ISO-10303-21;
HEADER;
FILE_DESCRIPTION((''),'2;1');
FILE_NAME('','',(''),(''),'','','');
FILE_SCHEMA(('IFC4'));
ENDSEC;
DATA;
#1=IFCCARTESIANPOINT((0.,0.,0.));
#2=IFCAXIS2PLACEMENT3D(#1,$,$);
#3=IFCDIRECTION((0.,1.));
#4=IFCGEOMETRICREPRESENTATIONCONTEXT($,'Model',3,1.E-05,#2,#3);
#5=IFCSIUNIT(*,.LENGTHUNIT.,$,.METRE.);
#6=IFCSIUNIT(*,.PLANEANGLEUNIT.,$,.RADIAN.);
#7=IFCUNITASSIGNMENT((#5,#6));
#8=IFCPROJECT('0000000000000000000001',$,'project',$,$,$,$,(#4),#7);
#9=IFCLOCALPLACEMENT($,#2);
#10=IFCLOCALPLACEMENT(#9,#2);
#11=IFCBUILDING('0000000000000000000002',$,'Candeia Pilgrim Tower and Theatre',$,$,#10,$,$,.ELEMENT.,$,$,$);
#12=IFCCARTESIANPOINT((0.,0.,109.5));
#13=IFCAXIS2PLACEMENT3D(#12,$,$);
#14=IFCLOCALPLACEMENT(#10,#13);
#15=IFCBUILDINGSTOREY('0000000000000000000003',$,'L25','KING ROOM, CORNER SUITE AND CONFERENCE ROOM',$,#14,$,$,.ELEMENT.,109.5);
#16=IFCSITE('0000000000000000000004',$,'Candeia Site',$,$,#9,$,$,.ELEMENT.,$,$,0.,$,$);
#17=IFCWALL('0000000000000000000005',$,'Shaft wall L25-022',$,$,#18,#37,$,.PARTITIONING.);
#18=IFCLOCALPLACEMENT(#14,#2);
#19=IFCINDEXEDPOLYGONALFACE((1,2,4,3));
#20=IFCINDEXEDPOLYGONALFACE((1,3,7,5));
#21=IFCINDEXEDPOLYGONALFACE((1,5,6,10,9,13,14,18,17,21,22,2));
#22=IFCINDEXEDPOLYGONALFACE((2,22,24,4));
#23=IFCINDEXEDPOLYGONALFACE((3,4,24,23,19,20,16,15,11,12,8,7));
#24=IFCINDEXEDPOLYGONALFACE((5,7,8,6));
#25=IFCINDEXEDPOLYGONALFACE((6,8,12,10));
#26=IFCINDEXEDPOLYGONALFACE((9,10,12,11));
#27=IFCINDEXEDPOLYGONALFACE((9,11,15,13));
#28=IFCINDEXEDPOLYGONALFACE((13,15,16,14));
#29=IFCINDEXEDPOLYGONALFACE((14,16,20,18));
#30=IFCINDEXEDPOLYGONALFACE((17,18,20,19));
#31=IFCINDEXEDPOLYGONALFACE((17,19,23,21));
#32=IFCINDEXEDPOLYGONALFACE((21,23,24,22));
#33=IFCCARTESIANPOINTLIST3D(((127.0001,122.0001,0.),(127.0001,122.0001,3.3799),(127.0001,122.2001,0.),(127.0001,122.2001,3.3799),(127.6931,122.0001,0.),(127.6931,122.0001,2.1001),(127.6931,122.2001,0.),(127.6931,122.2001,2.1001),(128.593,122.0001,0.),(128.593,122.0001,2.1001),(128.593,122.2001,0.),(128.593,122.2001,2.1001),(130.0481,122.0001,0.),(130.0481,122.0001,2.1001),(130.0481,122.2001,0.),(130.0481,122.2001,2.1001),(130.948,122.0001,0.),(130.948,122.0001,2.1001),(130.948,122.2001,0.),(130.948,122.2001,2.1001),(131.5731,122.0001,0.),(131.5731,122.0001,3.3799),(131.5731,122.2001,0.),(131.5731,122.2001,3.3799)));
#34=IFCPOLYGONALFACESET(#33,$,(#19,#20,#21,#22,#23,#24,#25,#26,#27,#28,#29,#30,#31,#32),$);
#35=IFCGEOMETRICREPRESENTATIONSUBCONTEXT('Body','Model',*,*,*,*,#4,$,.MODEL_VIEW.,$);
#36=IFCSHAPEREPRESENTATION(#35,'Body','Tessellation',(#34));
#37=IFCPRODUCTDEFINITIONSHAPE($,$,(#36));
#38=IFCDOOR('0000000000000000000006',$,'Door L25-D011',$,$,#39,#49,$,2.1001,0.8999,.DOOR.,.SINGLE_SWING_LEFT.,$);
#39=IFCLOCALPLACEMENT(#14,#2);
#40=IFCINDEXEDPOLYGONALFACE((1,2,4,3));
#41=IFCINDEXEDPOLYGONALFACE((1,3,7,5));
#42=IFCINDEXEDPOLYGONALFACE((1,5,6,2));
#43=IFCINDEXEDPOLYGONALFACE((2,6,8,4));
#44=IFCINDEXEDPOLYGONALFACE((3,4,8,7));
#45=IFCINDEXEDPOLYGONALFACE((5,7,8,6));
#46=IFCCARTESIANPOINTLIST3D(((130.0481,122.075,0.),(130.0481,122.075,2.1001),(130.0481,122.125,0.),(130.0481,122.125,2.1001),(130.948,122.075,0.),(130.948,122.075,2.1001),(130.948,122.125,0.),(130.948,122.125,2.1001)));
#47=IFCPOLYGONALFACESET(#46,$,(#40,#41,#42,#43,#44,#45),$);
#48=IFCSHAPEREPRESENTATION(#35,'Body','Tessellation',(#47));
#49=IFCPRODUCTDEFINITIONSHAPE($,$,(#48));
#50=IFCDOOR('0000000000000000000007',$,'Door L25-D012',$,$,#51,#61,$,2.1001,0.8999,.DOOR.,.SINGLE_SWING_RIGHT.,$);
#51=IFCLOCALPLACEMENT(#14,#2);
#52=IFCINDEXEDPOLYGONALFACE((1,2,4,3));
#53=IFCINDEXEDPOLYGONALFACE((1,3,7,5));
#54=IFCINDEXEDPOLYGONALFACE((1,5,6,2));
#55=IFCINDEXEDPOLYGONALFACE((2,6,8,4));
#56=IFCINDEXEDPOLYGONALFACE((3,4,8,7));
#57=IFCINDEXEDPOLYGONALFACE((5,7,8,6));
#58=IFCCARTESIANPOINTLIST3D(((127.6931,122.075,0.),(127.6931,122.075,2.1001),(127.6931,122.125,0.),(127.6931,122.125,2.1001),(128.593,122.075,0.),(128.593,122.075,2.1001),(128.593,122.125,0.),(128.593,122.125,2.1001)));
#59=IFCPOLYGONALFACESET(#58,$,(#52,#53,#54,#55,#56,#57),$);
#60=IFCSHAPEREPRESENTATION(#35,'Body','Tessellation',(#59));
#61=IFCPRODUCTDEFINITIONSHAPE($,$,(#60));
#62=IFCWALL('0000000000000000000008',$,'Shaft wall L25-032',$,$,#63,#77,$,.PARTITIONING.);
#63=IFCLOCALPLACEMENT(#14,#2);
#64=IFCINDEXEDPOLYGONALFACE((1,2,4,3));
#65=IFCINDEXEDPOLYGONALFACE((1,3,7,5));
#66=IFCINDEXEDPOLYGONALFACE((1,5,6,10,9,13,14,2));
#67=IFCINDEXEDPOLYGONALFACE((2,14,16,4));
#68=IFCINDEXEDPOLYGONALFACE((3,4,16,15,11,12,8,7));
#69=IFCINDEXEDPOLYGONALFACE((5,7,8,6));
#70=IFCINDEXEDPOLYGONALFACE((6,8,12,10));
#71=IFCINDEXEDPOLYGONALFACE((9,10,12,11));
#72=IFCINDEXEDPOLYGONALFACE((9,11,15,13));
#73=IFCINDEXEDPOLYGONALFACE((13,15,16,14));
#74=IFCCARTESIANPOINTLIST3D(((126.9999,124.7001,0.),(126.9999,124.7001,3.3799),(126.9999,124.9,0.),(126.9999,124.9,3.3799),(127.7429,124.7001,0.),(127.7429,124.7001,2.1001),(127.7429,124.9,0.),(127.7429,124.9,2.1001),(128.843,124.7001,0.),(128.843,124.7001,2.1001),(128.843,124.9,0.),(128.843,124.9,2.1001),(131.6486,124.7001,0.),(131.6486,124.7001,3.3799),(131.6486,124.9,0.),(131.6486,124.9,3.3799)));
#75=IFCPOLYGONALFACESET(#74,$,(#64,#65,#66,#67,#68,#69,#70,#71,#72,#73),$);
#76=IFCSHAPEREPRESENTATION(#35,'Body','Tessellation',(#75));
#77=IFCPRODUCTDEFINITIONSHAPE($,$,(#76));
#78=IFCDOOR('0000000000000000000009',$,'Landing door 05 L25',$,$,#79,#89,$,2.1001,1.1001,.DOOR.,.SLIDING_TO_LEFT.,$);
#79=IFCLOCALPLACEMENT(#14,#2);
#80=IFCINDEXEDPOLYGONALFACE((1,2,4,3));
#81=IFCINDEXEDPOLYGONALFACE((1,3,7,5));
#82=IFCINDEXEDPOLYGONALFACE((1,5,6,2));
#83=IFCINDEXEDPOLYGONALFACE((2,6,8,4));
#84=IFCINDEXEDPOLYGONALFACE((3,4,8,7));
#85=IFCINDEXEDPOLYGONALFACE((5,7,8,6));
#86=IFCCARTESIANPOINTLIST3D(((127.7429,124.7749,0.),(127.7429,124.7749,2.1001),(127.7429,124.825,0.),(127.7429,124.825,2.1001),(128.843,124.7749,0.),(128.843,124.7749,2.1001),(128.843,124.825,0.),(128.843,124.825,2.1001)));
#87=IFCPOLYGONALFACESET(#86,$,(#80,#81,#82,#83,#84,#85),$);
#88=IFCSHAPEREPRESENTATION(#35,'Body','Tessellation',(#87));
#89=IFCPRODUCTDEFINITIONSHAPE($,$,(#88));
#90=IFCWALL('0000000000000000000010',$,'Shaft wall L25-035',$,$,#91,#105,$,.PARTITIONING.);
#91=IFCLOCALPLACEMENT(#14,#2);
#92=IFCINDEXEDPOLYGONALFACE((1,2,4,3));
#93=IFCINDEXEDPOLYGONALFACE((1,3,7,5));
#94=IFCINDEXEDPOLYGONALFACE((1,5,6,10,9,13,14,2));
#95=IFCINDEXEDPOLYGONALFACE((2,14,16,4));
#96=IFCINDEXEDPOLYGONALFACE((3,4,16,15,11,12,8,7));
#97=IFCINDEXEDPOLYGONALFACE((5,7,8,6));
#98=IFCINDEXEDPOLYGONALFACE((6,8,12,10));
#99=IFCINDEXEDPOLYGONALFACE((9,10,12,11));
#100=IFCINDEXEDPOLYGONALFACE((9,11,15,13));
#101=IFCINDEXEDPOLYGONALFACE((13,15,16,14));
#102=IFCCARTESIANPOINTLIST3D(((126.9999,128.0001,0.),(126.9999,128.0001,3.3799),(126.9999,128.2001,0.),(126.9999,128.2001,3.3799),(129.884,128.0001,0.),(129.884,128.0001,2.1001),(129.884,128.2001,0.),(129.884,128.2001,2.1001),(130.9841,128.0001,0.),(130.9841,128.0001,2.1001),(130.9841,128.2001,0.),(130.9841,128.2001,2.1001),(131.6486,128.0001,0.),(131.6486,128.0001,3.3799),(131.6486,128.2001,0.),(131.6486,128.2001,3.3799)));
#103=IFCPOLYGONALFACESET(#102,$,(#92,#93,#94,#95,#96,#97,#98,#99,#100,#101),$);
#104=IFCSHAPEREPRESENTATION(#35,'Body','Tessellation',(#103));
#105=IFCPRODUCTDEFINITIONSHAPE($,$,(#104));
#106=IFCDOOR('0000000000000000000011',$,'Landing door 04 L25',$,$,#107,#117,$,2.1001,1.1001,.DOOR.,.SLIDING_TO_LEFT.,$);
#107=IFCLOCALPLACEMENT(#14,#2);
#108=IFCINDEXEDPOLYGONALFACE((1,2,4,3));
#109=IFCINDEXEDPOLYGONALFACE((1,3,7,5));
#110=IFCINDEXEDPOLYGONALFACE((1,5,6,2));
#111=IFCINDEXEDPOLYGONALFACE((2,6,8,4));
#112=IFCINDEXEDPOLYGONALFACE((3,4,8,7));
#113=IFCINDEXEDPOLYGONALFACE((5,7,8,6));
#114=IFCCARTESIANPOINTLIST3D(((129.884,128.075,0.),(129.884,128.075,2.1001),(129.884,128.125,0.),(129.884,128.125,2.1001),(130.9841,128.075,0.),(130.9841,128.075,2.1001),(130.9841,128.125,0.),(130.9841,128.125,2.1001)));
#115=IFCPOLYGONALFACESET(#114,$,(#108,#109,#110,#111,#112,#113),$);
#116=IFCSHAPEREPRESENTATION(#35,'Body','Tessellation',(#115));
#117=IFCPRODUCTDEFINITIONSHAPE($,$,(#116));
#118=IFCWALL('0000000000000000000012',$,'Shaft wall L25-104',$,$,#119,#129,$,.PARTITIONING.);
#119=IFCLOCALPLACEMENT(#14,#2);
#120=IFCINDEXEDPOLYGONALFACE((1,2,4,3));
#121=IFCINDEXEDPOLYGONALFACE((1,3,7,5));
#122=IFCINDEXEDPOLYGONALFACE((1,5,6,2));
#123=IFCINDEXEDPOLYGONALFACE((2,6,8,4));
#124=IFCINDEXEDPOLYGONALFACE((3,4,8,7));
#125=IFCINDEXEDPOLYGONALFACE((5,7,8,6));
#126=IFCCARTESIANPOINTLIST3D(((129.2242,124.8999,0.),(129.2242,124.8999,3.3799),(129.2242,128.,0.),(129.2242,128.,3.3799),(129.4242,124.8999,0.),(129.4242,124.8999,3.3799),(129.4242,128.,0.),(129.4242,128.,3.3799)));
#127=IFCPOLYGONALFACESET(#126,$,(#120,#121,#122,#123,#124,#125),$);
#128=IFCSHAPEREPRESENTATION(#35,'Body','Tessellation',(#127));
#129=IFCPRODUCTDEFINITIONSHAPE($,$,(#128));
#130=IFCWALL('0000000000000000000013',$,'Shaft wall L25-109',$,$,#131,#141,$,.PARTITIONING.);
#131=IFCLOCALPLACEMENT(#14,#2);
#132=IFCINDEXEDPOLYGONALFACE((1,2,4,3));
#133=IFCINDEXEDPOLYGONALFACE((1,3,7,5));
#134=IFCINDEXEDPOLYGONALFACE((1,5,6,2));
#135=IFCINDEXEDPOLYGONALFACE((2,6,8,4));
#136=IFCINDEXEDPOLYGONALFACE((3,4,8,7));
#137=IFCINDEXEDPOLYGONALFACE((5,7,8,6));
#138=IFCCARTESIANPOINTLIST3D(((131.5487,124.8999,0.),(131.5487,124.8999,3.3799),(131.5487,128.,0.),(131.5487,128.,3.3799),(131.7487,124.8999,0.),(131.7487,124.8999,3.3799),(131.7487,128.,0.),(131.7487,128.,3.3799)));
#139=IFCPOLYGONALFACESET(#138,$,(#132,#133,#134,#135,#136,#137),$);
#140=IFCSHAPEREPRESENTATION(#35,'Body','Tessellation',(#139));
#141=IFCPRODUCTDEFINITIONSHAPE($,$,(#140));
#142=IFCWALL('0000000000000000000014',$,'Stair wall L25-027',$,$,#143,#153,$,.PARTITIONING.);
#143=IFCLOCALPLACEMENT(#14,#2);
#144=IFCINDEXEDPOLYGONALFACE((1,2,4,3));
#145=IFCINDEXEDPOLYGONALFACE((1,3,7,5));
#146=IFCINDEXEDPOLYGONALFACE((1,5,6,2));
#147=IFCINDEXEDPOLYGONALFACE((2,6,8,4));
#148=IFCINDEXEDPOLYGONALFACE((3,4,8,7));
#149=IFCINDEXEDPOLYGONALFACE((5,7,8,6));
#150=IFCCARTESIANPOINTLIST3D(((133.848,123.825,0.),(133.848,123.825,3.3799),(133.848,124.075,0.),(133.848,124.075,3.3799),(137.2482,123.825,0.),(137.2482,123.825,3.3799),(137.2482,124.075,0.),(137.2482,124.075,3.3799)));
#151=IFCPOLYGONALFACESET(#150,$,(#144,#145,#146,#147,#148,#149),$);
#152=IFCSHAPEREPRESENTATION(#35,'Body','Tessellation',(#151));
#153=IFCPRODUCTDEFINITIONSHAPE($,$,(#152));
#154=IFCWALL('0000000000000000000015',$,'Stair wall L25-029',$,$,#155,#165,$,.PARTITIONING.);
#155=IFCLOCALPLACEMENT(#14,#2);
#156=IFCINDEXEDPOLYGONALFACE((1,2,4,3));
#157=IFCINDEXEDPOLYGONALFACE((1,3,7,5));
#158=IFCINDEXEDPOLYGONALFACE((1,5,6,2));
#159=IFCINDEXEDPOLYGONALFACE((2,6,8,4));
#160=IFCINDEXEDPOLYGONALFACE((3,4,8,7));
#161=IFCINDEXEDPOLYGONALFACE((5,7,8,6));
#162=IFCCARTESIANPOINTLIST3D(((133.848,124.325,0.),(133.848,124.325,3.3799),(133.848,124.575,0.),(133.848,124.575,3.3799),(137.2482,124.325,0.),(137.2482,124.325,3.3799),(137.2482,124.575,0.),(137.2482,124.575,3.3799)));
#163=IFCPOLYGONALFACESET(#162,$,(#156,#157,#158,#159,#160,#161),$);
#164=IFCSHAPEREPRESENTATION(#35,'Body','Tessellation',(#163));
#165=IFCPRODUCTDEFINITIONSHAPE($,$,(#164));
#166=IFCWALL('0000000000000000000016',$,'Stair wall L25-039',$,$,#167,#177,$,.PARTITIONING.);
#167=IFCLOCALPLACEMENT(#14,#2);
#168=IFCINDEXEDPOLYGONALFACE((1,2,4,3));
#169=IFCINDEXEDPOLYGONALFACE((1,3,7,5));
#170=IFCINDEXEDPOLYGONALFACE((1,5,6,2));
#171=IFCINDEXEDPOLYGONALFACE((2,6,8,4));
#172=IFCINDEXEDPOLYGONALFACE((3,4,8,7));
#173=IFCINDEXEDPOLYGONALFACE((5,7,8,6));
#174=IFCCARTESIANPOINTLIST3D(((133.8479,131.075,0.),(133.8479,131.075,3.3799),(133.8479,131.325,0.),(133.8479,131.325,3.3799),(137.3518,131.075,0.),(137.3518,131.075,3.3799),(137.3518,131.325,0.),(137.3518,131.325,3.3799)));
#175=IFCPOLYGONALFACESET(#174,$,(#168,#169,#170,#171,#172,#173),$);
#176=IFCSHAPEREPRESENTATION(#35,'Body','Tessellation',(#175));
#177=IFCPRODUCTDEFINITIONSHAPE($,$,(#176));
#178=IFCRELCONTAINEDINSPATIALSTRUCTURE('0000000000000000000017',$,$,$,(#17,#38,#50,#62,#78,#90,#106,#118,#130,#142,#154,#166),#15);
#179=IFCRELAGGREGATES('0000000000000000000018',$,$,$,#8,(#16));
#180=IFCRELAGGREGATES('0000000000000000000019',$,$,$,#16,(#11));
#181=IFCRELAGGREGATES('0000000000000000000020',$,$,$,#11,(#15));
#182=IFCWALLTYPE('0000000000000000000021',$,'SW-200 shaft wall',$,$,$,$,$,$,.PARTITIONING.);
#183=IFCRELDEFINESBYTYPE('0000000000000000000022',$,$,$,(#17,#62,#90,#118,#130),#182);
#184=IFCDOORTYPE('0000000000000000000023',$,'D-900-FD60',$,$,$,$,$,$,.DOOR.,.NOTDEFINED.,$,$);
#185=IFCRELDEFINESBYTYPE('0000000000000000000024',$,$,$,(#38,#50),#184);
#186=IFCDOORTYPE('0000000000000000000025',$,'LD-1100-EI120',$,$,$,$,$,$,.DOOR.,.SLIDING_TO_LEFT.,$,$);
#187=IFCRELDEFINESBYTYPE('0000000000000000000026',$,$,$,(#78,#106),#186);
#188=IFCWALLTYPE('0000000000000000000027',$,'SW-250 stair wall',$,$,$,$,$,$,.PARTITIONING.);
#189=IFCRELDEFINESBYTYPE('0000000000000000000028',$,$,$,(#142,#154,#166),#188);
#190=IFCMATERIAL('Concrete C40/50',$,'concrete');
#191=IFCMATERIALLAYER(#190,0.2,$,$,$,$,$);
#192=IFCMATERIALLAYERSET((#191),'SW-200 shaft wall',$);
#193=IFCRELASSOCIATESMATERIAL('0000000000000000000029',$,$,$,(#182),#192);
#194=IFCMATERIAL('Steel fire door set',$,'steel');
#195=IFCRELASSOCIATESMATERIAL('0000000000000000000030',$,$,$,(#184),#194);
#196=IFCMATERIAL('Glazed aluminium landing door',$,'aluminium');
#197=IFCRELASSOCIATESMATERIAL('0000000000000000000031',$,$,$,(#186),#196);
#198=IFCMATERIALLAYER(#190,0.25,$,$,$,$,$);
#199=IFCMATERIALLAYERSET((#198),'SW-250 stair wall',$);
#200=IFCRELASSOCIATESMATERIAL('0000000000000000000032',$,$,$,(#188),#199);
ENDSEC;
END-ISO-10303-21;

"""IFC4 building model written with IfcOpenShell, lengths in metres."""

from ifc_helpers import new_model, si_unit, direction, frame, frame_2d, origin, place, context, subcontext, project, spatial, rectangle, extrude, material, layer, layer_set, type_object, element, fill, save


model = new_model("IFC4")

# Units and contexts
model_context = context("Model", 3, precision=1e-05, world=origin(), true_north=direction((0.0, 1.0)))
body_context = subcontext(model_context, "Body", "Model", "MODEL_VIEW")
ifc_project = project(units=[si_unit("LENGTHUNIT", "METRE"), si_unit("PLANEANGLEUNIT", "RADIAN")], contexts=[model_context])

# Site, building, storey
site_placement = place(None, origin())
site = spatial("IfcSite", under=ifc_project, at=site_placement, Name="Candeia Site", CompositionType="ELEMENT", RefElevation=0.0)
building_placement = place(site_placement, origin())
building = spatial("IfcBuilding", under=site, at=building_placement, Name="Candeia Pilgrim Tower and Theatre", CompositionType="ELEMENT")
storey_placement = place(building_placement, frame((0.0, 0.0, 109.5)))
storey = spatial("IfcBuildingStorey", under=building, at=storey_placement, Name="L25", Description="KING ROOM, CORNER SUITE AND CONFERENCE ROOM", CompositionType="ELEMENT", Elevation=109.5)

# Shared definitions
ifc_material_1 = material(Name="Steel fire door set", Category="steel")

# Wall, openings, doors
ifc_material_2 = material(Name="Concrete C40/50", Category="concrete")
ifc_layer_1 = layer(ifc_material_2, 0.2)
ifc_layer_set_1 = layer_set([ifc_layer_1], Name="SW-200 shaft wall")
wall_type_1 = type_object("IfcWallType", Name="SW-200 shaft wall", PredefinedType="PARTITIONING", material=ifc_layer_set_1)
wall_1_placement = place(storey_placement, frame((127.0, 122.1001, 0.0), z_axis=(0.0, 0.0, 1.0), x_axis=(1.0, 0.0, 0.0)))
wall_1 = element("IfcWall", 1, at=wall_1_placement, inside=storey, type_object=wall_type_1, Name="Shaft wall L25-022", PredefinedType="PARTITIONING", context=body_context, shape_type="SweptSolid", body=[
    extrude(rectangle(XDim=4.573, YDim=0.2, at=frame_2d((2.2866, 0.0))), origin(), (0.0, 0.0, 1.0), 3.3799),
])
opening_1_placement = place(wall_1_placement, frame((3.0481, 0.0, 0.0)))
opening_1 = element("IfcOpeningElement", 2, at=opening_1_placement, cuts=wall_1, PredefinedType="OPENING", context=body_context, shape_type="SweptSolid", body=[
    extrude(rectangle(XDim=0.8999, YDim=2.1001, at=frame_2d((0.45, 1.05))), frame((0.0, 0.1099, 0.0), z_axis=(0.0, -1.0, 0.0), x_axis=(1.0, 0.0, 0.0)), (0.0, 0.0, 1.0), 0.22),
])
opening_2_placement = place(wall_1_placement, frame((0.6931, 0.0, 0.0)))
opening_2 = element("IfcOpeningElement", 3, at=opening_2_placement, cuts=wall_1, PredefinedType="OPENING", context=body_context, shape_type="SweptSolid", body=[
    extrude(rectangle(XDim=0.8999, YDim=2.1001, at=frame_2d((0.45, 1.05))), frame((0.0, 0.1099, 0.0), z_axis=(0.0, -1.0, 0.0), x_axis=(1.0, 0.0, 0.0)), (0.0, 0.0, 1.0), 0.22),
])
door_type_1 = type_object("IfcDoorType", Name="D-900-FD60", OperationType="NOTDEFINED", PredefinedType="DOOR", material=ifc_material_1)
door_1_placement = place(opening_1_placement, origin())
door_1 = element("IfcDoor", 4, at=door_1_placement, inside=storey, type_object=door_type_1, Name="Door L25-D011", OperationType="SINGLE_SWING_LEFT", OverallHeight=2.1001, OverallWidth=0.8999, PredefinedType="DOOR", context=body_context, shape_type="SweptSolid", body=[
    extrude(rectangle(XDim=0.8999, YDim=2.1001, at=frame_2d((0.45, 1.05))), frame((0.0, 0.0249, 0.0), z_axis=(0.0, -1.0, 0.0), x_axis=(1.0, 0.0, 0.0)), (0.0, 0.0, 1.0), 0.05),
])
fill(opening_1, door_1)
door_2_placement = place(opening_2_placement, origin())
door_2 = element("IfcDoor", 5, at=door_2_placement, inside=storey, type_object=door_type_1, Name="Door L25-D012", OperationType="SINGLE_SWING_RIGHT", OverallHeight=2.1001, OverallWidth=0.8999, PredefinedType="DOOR", context=body_context, shape_type="SweptSolid", body=[
    extrude(rectangle(XDim=0.8999, YDim=2.1001, at=frame_2d((0.45, 1.05))), frame((0.0, 0.0249, 0.0), z_axis=(0.0, -1.0, 0.0), x_axis=(1.0, 0.0, 0.0)), (0.0, 0.0, 1.0), 0.05),
])
fill(opening_2, door_2)

# Walls, openings, doors
wall_2_placement = place(storey_placement, frame((127.0, 124.8, 0.0), z_axis=(0.0, 0.0, 1.0), x_axis=(1.0, 0.0, 0.0)))
wall_2 = element("IfcWall", 6, at=wall_2_placement, inside=storey, type_object=wall_type_1, Name="Shaft wall L25-032", PredefinedType="PARTITIONING", context=body_context, shape_type="SweptSolid", body=[
    extrude(rectangle(XDim=4.6487, YDim=0.2, at=frame_2d((2.3242, 0.0))), origin(), (0.0, 0.0, 1.0), 3.3799),
])
opening_3_placement = place(wall_2_placement, frame((0.7429, 0.0, 0.0)))
opening_3 = element("IfcOpeningElement", 7, at=opening_3_placement, cuts=wall_2, PredefinedType="OPENING", context=body_context, shape_type="SweptSolid", body=[
    extrude(rectangle(XDim=1.1001, YDim=2.1001, at=frame_2d((0.55, 1.05))), frame((0.0, 0.1099, 0.0), z_axis=(0.0, -1.0, 0.0), x_axis=(1.0, 0.0, 0.0)), (0.0, 0.0, 1.0), 0.22),
])
ifc_material_3 = material(Name="Glazed aluminium landing door", Category="aluminium")
door_type_2 = type_object("IfcDoorType", Name="LD-1100-EI120", OperationType="SLIDING_TO_LEFT", PredefinedType="DOOR", material=ifc_material_3)
door_3_placement = place(opening_3_placement, origin())
door_3 = element("IfcDoor", 8, at=door_3_placement, inside=storey, type_object=door_type_2, Name="Landing door 05 L25", OperationType="SLIDING_TO_LEFT", OverallHeight=2.1001, OverallWidth=1.1001, PredefinedType="DOOR", context=body_context, shape_type="SweptSolid", body=[
    extrude(rectangle(XDim=1.1001, YDim=2.1001, at=frame_2d((0.55, 1.05))), frame((0.0, 0.0249, 0.0), z_axis=(0.0, -1.0, 0.0), x_axis=(1.0, 0.0, 0.0)), (0.0, 0.0, 1.0), 0.05),
])
fill(opening_3, door_3)
wall_3_placement = place(storey_placement, frame((127.0, 128.1001, 0.0), z_axis=(0.0, 0.0, 1.0), x_axis=(1.0, 0.0, 0.0)))
wall_3 = element("IfcWall", 9, at=wall_3_placement, inside=storey, type_object=wall_type_1, Name="Shaft wall L25-035", PredefinedType="PARTITIONING", context=body_context, shape_type="SweptSolid", body=[
    extrude(rectangle(XDim=4.6487, YDim=0.2, at=frame_2d((2.3242, 0.0))), origin(), (0.0, 0.0, 1.0), 3.3799),
])
opening_4_placement = place(wall_3_placement, frame((2.884, 0.0, 0.0)))
opening_4 = element("IfcOpeningElement", 10, at=opening_4_placement, cuts=wall_3, PredefinedType="OPENING", context=body_context, shape_type="SweptSolid", body=[
    extrude(rectangle(XDim=1.1001, YDim=2.1001, at=frame_2d((0.55, 1.05))), frame((0.0, 0.1099, 0.0), z_axis=(0.0, -1.0, 0.0), x_axis=(1.0, 0.0, 0.0)), (0.0, 0.0, 1.0), 0.22),
])
door_4_placement = place(opening_4_placement, origin())
door_4 = element("IfcDoor", 11, at=door_4_placement, inside=storey, type_object=door_type_2, Name="Landing door 04 L25", OperationType="SLIDING_TO_LEFT", OverallHeight=2.1001, OverallWidth=1.1001, PredefinedType="DOOR", context=body_context, shape_type="SweptSolid", body=[
    extrude(rectangle(XDim=1.1001, YDim=2.1001, at=frame_2d((0.55, 1.05))), frame((0.0, 0.0249, 0.0), z_axis=(0.0, -1.0, 0.0), x_axis=(1.0, 0.0, 0.0)), (0.0, 0.0, 1.0), 0.05),
])
fill(opening_4, door_4)

# Walls
for number, where, z_axis, x_axis, name in (
    (12, (129.3242, 124.8999, 0.0), (0.0, 0.0, 1.0), (0.0, 1.0, 0.0), "Shaft wall L25-104"),
    (13, (131.6487, 124.8999, 0.0), (0.0, 0.0, 1.0), (0.0, 1.0, 0.0), "Shaft wall L25-109"),
):
    element("IfcWall", number, at=place(storey_placement, frame(where, z_axis=z_axis, x_axis=x_axis)), inside=storey, type_object=wall_type_1, Name=name, PredefinedType="PARTITIONING", context=body_context, shape_type="SweptSolid", body=[
        extrude(rectangle(XDim=3.1001, YDim=0.2, at=frame_2d((1.55, 0.0))), origin(), (0.0, 0.0, 1.0), 3.3799),
    ])
ifc_layer_2 = layer(ifc_material_2, 0.25)
ifc_layer_set_2 = layer_set([ifc_layer_2], Name="SW-250 stair wall")
wall_type_2 = type_object("IfcWallType", Name="SW-250 stair wall", PredefinedType="PARTITIONING", material=ifc_layer_set_2)
for number, where, z_axis, x_axis, name in (
    (14, (133.8479, 123.95, 0.0), (0.0, 0.0, 1.0), (1.0, 0.0, 0.0), "Stair wall L25-027"),
    (15, (133.8479, 124.45, 0.0), (0.0, 0.0, 1.0), (1.0, 0.0, 0.0), "Stair wall L25-029"),
):
    element("IfcWall", number, at=place(storey_placement, frame(where, z_axis=z_axis, x_axis=x_axis)), inside=storey, type_object=wall_type_2, Name=name, PredefinedType="PARTITIONING", context=body_context, shape_type="SweptSolid", body=[
        extrude(rectangle(XDim=3.4001, YDim=0.25, at=frame_2d((1.7002, 0.0))), origin(), (0.0, 0.0, 1.0), 3.3799),
    ])
wall_4_placement = place(storey_placement, frame((133.8479, 131.2, 0.0), z_axis=(0.0, 0.0, 1.0), x_axis=(1.0, 0.0, 0.0)))
element("IfcWall", 16, at=wall_4_placement, inside=storey, type_object=wall_type_2, Name="Stair wall L25-039", PredefinedType="PARTITIONING", context=body_context, shape_type="SweptSolid", body=[
    extrude(rectangle(XDim=3.5039, YDim=0.25, at=frame_2d((1.752, 0.0))), origin(), (0.0, 0.0, 1.0), 3.3799),
])

save(model, "model.ifc")
